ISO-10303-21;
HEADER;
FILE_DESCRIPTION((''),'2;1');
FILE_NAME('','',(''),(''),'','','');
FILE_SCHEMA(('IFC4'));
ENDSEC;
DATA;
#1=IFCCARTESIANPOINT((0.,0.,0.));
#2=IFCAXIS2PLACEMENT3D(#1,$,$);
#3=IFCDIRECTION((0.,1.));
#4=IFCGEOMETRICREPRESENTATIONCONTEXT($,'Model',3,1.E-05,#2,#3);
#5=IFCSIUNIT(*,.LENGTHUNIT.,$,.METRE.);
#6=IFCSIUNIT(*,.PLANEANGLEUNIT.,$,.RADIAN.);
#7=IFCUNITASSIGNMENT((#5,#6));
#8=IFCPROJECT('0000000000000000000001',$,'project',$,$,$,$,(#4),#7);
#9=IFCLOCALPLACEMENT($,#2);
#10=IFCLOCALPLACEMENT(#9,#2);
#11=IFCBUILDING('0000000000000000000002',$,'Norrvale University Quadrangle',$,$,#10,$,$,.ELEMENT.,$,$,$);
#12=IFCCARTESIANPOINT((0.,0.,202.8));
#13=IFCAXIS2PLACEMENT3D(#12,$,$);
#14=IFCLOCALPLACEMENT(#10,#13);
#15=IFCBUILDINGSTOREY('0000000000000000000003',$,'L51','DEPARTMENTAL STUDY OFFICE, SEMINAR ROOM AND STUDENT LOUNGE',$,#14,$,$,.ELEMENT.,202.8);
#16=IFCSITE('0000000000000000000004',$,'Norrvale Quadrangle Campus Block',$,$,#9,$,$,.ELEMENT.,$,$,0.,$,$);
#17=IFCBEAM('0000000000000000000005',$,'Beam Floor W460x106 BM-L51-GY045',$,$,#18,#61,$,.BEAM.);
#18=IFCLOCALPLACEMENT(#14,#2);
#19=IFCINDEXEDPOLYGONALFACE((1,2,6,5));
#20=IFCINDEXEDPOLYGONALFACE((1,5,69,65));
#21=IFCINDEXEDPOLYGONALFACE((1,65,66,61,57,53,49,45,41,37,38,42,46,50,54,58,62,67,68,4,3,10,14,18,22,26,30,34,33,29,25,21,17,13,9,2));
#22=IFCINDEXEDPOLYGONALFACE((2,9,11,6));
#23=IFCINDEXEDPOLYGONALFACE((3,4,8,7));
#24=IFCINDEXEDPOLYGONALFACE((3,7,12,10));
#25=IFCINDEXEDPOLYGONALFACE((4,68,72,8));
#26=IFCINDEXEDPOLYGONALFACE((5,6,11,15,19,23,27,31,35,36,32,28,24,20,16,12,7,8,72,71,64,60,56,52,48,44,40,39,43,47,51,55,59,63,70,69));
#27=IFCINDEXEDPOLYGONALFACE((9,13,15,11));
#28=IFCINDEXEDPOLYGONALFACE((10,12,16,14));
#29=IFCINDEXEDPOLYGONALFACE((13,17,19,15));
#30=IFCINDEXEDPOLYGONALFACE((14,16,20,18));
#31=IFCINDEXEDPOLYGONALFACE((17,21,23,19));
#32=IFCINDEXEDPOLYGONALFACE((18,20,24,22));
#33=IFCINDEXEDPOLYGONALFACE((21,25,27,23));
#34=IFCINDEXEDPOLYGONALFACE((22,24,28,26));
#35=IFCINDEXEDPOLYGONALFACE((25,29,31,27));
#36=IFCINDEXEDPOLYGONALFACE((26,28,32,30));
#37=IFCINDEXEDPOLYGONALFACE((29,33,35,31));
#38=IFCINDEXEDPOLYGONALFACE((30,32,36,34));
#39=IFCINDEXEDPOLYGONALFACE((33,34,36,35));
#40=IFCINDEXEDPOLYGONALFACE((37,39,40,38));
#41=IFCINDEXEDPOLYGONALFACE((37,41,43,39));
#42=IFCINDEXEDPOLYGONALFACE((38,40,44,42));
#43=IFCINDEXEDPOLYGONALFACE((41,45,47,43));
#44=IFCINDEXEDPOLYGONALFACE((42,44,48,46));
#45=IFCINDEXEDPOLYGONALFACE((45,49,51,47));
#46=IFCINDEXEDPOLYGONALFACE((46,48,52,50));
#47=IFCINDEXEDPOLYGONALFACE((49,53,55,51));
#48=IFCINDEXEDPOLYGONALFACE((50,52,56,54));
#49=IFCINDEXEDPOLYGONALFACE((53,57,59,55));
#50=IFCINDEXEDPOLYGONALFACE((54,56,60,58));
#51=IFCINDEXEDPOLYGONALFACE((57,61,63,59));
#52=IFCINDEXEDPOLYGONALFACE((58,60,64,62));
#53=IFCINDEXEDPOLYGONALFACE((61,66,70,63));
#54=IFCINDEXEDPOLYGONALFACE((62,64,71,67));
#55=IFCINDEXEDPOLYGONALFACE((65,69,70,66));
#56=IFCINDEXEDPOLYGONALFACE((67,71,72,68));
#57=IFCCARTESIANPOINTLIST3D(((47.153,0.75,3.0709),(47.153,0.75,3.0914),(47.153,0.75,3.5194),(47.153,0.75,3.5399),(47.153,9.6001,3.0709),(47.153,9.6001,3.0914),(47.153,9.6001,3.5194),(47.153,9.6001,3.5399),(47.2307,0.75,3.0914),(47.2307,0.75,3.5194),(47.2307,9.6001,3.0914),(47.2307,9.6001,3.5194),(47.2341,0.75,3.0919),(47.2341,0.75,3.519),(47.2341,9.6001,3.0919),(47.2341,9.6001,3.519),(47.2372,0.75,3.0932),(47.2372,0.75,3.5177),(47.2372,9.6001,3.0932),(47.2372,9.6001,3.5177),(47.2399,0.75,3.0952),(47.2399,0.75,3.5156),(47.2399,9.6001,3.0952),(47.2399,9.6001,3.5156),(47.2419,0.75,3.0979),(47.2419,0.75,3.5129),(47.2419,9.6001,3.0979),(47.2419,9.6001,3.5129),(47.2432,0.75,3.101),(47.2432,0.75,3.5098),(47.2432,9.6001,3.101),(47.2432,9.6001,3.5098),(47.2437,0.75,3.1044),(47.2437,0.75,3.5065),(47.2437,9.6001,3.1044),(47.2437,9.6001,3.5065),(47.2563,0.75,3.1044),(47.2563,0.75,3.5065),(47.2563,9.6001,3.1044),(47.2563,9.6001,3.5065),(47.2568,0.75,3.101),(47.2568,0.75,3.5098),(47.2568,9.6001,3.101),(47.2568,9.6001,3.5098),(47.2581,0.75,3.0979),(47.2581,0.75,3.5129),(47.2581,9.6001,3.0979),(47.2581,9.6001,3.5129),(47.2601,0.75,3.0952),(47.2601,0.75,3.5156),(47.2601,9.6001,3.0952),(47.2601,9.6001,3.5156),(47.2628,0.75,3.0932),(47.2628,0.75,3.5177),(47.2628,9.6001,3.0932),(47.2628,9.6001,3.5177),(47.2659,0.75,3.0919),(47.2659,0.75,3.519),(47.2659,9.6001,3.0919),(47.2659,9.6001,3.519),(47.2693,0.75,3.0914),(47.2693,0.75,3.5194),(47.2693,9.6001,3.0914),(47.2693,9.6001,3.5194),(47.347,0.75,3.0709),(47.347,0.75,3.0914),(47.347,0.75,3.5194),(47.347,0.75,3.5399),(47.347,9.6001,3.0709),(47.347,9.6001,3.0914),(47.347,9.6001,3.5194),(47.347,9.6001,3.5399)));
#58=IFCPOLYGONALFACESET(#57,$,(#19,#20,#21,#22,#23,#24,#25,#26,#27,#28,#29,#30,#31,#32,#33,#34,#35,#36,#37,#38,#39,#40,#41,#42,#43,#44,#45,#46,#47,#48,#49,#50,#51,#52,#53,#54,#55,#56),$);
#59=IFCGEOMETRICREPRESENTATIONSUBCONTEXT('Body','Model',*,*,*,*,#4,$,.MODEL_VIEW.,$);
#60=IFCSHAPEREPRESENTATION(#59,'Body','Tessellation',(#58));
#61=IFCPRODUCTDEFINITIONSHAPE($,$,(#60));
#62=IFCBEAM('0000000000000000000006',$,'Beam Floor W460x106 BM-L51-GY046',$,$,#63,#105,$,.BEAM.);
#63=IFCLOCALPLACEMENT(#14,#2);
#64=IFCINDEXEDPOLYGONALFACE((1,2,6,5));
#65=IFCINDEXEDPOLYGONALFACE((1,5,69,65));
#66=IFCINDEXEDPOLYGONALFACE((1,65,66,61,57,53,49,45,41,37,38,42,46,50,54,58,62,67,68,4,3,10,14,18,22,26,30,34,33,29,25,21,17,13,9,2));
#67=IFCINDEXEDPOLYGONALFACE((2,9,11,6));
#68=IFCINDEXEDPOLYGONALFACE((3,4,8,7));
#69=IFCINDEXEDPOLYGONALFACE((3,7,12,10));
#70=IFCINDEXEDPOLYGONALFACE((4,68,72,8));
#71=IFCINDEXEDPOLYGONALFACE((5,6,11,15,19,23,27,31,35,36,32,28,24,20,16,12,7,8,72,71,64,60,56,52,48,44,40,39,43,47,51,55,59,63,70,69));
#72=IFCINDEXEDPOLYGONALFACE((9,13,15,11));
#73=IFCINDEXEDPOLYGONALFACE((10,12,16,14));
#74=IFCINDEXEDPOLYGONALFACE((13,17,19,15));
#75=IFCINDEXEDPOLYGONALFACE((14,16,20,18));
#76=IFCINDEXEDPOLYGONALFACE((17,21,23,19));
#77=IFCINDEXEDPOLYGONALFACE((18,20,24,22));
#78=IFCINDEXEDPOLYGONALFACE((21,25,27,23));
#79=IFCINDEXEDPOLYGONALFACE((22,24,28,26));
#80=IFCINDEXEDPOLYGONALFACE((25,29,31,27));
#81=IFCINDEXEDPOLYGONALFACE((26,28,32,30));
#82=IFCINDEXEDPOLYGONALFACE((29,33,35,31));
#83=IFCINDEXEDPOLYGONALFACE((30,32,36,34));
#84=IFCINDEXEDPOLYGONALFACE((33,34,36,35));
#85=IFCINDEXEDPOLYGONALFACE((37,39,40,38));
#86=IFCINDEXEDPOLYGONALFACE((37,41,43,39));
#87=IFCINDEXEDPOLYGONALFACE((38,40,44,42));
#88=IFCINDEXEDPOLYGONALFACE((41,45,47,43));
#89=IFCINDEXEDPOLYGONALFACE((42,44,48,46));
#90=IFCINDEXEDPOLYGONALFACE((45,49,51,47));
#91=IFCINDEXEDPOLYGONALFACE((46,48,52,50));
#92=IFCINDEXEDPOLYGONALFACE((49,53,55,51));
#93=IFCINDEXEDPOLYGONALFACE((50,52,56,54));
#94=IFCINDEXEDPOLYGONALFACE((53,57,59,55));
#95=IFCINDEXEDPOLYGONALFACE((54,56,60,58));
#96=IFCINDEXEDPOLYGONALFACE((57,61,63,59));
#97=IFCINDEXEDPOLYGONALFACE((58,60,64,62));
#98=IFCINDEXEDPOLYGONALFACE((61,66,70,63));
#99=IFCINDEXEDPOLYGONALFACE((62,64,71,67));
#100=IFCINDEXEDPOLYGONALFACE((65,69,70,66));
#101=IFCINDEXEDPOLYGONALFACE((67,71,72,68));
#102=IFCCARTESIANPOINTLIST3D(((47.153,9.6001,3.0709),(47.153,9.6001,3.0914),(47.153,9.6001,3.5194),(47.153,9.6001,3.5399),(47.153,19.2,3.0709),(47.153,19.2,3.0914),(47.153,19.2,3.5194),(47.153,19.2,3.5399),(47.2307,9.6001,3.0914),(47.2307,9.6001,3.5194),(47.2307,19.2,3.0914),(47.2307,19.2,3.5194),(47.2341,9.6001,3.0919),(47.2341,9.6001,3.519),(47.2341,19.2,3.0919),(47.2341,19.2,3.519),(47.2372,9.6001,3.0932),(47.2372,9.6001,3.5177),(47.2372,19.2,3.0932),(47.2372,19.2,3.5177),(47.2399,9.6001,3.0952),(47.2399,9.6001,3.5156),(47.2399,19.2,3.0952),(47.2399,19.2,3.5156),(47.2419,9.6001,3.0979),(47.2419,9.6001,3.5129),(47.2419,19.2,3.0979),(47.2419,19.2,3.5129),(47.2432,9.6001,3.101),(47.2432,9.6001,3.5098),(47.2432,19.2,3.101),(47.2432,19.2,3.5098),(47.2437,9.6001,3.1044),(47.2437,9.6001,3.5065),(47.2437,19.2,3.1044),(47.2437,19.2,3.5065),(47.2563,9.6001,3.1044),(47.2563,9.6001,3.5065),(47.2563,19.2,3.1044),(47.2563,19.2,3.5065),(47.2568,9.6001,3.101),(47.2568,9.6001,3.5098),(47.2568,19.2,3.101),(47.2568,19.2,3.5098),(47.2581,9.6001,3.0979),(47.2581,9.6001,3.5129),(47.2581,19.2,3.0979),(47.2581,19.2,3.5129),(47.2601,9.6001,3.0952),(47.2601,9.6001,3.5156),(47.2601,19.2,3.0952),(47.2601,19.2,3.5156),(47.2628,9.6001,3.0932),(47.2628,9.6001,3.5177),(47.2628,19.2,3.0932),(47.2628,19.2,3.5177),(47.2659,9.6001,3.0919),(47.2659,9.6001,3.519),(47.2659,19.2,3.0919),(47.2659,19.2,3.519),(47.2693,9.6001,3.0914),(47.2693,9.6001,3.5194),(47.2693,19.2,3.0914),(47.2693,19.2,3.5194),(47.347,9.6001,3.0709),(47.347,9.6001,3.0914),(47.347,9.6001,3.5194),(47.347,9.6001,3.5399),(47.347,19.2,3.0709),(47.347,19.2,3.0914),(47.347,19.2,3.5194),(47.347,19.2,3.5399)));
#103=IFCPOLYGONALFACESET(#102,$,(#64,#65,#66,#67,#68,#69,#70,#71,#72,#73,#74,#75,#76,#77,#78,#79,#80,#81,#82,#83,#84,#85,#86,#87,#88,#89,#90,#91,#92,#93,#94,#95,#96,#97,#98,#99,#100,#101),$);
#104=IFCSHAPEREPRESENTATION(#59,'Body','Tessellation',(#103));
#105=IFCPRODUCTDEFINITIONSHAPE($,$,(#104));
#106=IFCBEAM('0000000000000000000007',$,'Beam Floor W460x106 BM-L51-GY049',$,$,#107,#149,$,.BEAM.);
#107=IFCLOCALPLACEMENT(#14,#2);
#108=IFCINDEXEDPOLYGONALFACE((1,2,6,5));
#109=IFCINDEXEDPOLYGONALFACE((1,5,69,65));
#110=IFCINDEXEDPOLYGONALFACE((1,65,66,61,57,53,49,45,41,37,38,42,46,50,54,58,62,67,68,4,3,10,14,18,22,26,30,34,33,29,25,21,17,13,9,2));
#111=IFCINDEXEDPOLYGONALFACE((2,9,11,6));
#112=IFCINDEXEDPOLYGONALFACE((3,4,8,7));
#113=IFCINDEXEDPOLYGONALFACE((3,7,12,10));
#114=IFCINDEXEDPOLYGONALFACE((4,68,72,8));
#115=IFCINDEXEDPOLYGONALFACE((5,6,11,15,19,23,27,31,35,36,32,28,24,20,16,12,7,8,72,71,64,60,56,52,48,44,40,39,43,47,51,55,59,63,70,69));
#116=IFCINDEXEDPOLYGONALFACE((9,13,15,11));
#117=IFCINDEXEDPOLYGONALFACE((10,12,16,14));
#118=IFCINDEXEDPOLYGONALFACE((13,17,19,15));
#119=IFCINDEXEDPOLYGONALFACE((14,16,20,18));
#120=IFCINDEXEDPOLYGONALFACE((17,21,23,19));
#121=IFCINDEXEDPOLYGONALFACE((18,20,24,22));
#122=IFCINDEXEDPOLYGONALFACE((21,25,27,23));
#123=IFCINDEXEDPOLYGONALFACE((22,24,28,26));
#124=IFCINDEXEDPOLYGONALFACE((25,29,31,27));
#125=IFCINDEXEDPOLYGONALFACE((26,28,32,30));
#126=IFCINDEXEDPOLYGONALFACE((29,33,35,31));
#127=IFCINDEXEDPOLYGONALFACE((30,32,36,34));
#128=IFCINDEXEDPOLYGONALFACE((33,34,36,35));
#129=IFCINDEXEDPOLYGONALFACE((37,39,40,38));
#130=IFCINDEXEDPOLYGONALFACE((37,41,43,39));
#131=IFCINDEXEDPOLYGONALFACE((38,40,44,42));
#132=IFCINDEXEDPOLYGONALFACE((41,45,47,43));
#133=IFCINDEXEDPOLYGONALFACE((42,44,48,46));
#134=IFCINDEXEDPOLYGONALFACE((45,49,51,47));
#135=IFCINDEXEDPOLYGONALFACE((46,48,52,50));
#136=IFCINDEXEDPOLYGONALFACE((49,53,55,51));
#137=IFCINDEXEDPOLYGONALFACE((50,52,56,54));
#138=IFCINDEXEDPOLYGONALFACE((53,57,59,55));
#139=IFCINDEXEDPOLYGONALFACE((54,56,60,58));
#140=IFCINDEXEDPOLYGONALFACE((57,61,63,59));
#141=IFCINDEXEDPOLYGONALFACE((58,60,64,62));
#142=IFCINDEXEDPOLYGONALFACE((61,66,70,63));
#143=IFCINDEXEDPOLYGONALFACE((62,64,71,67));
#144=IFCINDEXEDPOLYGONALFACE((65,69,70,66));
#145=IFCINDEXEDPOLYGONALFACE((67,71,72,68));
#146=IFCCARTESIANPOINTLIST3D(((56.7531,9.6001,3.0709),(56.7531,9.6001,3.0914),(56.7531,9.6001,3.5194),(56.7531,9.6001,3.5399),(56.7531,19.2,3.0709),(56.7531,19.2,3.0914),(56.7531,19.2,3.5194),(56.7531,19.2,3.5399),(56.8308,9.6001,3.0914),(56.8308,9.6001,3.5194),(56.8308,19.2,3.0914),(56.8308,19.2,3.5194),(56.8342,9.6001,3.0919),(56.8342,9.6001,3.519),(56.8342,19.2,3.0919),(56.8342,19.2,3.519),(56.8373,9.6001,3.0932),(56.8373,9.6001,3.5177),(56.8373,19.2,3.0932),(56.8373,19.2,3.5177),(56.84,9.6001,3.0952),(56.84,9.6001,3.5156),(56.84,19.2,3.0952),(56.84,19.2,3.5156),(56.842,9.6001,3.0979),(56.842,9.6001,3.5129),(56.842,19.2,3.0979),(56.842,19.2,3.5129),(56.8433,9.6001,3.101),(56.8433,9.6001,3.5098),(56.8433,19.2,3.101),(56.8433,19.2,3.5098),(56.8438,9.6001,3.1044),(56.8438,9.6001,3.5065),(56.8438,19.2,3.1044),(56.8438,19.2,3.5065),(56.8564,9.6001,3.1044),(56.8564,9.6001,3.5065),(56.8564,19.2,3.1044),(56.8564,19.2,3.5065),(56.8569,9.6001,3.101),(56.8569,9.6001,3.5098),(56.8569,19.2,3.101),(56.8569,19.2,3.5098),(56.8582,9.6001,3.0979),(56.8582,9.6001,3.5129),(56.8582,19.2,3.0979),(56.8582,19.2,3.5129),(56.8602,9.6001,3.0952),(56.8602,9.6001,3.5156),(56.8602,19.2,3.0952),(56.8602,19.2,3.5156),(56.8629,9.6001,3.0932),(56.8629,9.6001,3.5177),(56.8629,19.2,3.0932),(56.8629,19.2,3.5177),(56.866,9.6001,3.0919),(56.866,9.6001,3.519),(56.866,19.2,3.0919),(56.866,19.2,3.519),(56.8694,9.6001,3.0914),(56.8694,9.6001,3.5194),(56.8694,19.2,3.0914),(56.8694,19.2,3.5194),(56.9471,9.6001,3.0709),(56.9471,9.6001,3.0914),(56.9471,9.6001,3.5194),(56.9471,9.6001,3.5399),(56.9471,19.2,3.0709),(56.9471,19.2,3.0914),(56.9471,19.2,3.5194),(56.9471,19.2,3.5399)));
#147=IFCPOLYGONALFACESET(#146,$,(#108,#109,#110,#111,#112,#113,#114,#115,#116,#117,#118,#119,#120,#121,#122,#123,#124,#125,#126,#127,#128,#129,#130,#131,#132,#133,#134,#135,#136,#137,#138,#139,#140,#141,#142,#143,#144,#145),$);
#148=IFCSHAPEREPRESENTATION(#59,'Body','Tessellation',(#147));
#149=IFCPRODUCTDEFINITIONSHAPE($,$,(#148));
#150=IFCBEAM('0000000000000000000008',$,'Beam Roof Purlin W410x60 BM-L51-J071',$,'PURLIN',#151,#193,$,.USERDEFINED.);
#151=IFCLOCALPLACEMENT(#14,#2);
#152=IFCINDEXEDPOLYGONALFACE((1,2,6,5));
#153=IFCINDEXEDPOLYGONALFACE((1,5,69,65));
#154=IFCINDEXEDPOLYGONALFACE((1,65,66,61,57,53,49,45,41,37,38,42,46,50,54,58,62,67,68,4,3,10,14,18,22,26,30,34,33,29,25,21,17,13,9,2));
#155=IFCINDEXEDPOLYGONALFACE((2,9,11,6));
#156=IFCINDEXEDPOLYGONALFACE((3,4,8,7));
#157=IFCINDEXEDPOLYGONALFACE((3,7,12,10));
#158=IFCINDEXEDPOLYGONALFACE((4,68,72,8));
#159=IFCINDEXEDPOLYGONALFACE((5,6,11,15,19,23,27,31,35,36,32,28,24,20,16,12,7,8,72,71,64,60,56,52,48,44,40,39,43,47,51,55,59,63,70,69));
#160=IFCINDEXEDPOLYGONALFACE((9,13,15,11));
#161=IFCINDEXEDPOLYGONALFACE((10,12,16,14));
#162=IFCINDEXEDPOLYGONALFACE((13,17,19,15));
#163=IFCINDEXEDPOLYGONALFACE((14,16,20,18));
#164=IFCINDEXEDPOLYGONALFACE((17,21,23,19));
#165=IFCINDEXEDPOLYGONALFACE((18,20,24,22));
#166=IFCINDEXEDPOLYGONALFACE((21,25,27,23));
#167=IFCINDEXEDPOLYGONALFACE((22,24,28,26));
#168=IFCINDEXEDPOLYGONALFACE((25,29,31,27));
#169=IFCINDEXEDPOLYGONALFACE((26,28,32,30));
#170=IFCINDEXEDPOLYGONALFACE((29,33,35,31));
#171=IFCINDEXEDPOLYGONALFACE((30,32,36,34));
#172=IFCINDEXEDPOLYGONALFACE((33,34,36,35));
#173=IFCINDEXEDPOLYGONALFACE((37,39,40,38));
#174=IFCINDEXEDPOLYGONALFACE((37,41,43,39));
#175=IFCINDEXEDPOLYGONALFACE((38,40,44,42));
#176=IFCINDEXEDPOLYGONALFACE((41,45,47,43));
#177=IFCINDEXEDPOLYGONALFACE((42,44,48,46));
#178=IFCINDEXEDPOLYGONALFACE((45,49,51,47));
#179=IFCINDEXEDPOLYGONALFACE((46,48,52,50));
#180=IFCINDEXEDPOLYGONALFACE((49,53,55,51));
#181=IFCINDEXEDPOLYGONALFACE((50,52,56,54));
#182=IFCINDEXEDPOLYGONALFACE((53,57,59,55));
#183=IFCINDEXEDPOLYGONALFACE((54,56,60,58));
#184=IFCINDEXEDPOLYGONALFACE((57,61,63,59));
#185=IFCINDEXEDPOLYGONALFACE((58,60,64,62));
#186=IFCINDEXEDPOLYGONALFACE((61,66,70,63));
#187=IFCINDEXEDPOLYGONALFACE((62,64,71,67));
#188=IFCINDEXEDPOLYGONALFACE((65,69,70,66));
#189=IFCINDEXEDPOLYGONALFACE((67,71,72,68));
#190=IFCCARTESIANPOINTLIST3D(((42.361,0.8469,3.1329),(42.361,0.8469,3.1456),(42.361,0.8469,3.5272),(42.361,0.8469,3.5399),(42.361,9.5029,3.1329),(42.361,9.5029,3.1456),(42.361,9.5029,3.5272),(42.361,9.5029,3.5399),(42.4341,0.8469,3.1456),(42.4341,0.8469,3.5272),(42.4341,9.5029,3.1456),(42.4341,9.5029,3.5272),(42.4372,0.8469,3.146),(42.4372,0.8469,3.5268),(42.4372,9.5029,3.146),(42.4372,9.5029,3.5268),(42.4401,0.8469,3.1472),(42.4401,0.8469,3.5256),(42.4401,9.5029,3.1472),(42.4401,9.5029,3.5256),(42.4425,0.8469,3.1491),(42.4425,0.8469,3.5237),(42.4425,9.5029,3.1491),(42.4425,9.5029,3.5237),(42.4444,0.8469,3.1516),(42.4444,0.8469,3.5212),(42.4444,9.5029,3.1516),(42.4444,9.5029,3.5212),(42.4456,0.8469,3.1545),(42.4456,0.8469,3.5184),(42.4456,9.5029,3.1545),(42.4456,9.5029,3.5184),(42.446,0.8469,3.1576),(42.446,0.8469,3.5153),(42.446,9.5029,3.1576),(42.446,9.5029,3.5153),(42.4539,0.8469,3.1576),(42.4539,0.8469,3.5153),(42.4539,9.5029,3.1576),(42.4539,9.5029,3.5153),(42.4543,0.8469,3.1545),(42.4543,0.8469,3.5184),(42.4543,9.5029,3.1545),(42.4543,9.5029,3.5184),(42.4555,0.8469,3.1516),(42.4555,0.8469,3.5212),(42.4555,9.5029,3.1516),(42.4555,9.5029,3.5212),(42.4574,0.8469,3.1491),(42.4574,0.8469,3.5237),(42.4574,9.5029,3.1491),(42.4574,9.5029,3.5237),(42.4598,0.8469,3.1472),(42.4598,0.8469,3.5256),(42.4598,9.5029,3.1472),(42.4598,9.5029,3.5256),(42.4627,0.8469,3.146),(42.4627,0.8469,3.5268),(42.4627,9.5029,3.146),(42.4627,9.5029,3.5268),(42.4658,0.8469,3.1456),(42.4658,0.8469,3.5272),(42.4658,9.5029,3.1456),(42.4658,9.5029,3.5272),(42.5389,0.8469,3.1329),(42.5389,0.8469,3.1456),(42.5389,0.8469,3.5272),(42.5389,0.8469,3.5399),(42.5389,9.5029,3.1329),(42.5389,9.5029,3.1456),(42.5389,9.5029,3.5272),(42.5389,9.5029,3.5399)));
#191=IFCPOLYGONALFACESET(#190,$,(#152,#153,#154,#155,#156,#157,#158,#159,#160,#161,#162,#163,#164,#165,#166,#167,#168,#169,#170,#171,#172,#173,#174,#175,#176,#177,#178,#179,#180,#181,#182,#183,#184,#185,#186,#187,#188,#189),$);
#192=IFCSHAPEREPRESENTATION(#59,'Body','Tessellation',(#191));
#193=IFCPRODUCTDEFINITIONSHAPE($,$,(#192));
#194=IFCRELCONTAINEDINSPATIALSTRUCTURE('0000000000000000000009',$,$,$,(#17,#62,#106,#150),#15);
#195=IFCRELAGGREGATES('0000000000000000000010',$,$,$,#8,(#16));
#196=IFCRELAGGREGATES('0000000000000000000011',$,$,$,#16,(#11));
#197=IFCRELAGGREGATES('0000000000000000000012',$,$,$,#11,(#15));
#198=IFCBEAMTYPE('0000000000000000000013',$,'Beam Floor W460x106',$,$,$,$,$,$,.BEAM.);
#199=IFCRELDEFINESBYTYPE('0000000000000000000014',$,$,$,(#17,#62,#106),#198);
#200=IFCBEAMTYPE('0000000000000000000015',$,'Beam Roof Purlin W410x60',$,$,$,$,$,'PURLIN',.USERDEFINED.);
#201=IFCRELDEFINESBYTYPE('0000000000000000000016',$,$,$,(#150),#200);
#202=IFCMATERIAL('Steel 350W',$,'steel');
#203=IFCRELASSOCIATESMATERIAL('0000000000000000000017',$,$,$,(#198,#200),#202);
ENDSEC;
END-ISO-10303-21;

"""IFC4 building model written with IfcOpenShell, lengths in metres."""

from ifc_helpers import new_model, si_unit, direction, frame, origin, origin_2d, place, context, subcontext, project, spatial, i_section, extrude, material, material_profile, profile_set, type_object, element, save


model = new_model("IFC4")

# Units and contexts
model_context = context("Model", 3, precision=1e-05, world=origin(), true_north=direction((0.0, 1.0)))
body_context = subcontext(model_context, "Body", "Model", "MODEL_VIEW")
ifc_project = project(units=[si_unit("LENGTHUNIT", "METRE"), si_unit("PLANEANGLEUNIT", "RADIAN")], contexts=[model_context])

# Site, building, storey
site_placement = place(None, origin())
site = spatial("IfcSite", under=ifc_project, at=site_placement, Name="Norrvale Quadrangle Campus Block", CompositionType="ELEMENT", RefElevation=0.0)
building_placement = place(site_placement, origin())
building = spatial("IfcBuilding", under=site, at=building_placement, Name="Norrvale University Quadrangle", CompositionType="ELEMENT")
storey_placement = place(building_placement, frame((0.0, 0.0, 202.8)))
storey = spatial("IfcBuildingStorey", under=building, at=storey_placement, Name="L51", Description="DEPARTMENTAL STUDY OFFICE, SEMINAR ROOM AND STUDENT LOUNGE", CompositionType="ELEMENT", Elevation=202.8)

# Beams
ifc_material_1 = material(Name="Steel 350W", Category="steel")
ifc_material_profile_1 = material_profile(ifc_material_1, i_section(OverallWidth=0.1941, OverallDepth=0.469, WebThickness=0.0127, FlangeThickness=0.0205, FilletRadius=0.0129, at=origin_2d()), Name="Steel 350W")
ifc_profile_set_1 = profile_set([ifc_material_profile_1], Name="Steel 350W")
beam_type_1 = type_object("IfcBeamType", Name="Beam Floor W460x106", PredefinedType="BEAM", material=ifc_profile_set_1)
beam_1_placement = place(storey_placement, frame((47.25, 0.75, 3.3054), z_axis=(0.0, 1.0, 0.0), x_axis=(-1.0, 0.0, 0.0)))
element("IfcBeam", 1, at=beam_1_placement, inside=storey, type_object=beam_type_1, Name="Beam Floor W460x106 BM-L51-GY045", PredefinedType="BEAM", context=body_context, shape_type="SweptSolid", body=[
    extrude(i_section(OverallWidth=0.1941, OverallDepth=0.469, WebThickness=0.0127, FlangeThickness=0.0205, FilletRadius=0.0129, at=origin_2d()), origin(), (0.0, 0.0, 1.0), 8.8501),
])
for number, where, z_axis, x_axis, name in (
    (2, (47.25, 9.6001, 3.3054), (0.0, 1.0, 0.0), (-1.0, 0.0, 0.0), "Beam Floor W460x106 BM-L51-GY046"),
    (3, (56.8501, 9.6001, 3.3054), (0.0, 1.0, 0.0), (-1.0, 0.0, 0.0), "Beam Floor W460x106 BM-L51-GY049"),
):
    element("IfcBeam", number, at=place(storey_placement, frame(where, z_axis=z_axis, x_axis=x_axis)), inside=storey, type_object=beam_type_1, Name=name, PredefinedType="BEAM", context=body_context, shape_type="SweptSolid", body=[
        extrude(i_section(OverallWidth=0.1941, OverallDepth=0.469, WebThickness=0.0127, FlangeThickness=0.0205, FilletRadius=0.0129, at=origin_2d()), origin(), (0.0, 0.0, 1.0), 9.5999),
    ])
ifc_material_profile_2 = material_profile(ifc_material_1, i_section(OverallWidth=0.178, OverallDepth=0.407, WebThickness=0.0078, FlangeThickness=0.0127, FilletRadius=0.012, at=origin_2d()), Name="Steel 350W")
ifc_profile_set_2 = profile_set([ifc_material_profile_2], Name="Steel 350W")
beam_type_2 = type_object("IfcBeamType", Name="Beam Roof Purlin W410x60", ElementType="PURLIN", PredefinedType="USERDEFINED", material=ifc_profile_set_2)
beam_2_placement = place(storey_placement, frame((42.45, 0.8469, 3.3364), z_axis=(0.0, 1.0, 0.0), x_axis=(-1.0, 0.0, 0.0)))
element("IfcBeam", 4, at=beam_2_placement, inside=storey, type_object=beam_type_2, Name="Beam Roof Purlin W410x60 BM-L51-J071", ObjectType="PURLIN", PredefinedType="USERDEFINED", context=body_context, shape_type="SweptSolid", body=[
    extrude(i_section(OverallWidth=0.178, OverallDepth=0.407, WebThickness=0.0078, FlangeThickness=0.0127, FilletRadius=0.012, at=origin_2d()), origin(), (0.0, 0.0, 1.0), 8.656),
])

save(model, "model.ifc")
